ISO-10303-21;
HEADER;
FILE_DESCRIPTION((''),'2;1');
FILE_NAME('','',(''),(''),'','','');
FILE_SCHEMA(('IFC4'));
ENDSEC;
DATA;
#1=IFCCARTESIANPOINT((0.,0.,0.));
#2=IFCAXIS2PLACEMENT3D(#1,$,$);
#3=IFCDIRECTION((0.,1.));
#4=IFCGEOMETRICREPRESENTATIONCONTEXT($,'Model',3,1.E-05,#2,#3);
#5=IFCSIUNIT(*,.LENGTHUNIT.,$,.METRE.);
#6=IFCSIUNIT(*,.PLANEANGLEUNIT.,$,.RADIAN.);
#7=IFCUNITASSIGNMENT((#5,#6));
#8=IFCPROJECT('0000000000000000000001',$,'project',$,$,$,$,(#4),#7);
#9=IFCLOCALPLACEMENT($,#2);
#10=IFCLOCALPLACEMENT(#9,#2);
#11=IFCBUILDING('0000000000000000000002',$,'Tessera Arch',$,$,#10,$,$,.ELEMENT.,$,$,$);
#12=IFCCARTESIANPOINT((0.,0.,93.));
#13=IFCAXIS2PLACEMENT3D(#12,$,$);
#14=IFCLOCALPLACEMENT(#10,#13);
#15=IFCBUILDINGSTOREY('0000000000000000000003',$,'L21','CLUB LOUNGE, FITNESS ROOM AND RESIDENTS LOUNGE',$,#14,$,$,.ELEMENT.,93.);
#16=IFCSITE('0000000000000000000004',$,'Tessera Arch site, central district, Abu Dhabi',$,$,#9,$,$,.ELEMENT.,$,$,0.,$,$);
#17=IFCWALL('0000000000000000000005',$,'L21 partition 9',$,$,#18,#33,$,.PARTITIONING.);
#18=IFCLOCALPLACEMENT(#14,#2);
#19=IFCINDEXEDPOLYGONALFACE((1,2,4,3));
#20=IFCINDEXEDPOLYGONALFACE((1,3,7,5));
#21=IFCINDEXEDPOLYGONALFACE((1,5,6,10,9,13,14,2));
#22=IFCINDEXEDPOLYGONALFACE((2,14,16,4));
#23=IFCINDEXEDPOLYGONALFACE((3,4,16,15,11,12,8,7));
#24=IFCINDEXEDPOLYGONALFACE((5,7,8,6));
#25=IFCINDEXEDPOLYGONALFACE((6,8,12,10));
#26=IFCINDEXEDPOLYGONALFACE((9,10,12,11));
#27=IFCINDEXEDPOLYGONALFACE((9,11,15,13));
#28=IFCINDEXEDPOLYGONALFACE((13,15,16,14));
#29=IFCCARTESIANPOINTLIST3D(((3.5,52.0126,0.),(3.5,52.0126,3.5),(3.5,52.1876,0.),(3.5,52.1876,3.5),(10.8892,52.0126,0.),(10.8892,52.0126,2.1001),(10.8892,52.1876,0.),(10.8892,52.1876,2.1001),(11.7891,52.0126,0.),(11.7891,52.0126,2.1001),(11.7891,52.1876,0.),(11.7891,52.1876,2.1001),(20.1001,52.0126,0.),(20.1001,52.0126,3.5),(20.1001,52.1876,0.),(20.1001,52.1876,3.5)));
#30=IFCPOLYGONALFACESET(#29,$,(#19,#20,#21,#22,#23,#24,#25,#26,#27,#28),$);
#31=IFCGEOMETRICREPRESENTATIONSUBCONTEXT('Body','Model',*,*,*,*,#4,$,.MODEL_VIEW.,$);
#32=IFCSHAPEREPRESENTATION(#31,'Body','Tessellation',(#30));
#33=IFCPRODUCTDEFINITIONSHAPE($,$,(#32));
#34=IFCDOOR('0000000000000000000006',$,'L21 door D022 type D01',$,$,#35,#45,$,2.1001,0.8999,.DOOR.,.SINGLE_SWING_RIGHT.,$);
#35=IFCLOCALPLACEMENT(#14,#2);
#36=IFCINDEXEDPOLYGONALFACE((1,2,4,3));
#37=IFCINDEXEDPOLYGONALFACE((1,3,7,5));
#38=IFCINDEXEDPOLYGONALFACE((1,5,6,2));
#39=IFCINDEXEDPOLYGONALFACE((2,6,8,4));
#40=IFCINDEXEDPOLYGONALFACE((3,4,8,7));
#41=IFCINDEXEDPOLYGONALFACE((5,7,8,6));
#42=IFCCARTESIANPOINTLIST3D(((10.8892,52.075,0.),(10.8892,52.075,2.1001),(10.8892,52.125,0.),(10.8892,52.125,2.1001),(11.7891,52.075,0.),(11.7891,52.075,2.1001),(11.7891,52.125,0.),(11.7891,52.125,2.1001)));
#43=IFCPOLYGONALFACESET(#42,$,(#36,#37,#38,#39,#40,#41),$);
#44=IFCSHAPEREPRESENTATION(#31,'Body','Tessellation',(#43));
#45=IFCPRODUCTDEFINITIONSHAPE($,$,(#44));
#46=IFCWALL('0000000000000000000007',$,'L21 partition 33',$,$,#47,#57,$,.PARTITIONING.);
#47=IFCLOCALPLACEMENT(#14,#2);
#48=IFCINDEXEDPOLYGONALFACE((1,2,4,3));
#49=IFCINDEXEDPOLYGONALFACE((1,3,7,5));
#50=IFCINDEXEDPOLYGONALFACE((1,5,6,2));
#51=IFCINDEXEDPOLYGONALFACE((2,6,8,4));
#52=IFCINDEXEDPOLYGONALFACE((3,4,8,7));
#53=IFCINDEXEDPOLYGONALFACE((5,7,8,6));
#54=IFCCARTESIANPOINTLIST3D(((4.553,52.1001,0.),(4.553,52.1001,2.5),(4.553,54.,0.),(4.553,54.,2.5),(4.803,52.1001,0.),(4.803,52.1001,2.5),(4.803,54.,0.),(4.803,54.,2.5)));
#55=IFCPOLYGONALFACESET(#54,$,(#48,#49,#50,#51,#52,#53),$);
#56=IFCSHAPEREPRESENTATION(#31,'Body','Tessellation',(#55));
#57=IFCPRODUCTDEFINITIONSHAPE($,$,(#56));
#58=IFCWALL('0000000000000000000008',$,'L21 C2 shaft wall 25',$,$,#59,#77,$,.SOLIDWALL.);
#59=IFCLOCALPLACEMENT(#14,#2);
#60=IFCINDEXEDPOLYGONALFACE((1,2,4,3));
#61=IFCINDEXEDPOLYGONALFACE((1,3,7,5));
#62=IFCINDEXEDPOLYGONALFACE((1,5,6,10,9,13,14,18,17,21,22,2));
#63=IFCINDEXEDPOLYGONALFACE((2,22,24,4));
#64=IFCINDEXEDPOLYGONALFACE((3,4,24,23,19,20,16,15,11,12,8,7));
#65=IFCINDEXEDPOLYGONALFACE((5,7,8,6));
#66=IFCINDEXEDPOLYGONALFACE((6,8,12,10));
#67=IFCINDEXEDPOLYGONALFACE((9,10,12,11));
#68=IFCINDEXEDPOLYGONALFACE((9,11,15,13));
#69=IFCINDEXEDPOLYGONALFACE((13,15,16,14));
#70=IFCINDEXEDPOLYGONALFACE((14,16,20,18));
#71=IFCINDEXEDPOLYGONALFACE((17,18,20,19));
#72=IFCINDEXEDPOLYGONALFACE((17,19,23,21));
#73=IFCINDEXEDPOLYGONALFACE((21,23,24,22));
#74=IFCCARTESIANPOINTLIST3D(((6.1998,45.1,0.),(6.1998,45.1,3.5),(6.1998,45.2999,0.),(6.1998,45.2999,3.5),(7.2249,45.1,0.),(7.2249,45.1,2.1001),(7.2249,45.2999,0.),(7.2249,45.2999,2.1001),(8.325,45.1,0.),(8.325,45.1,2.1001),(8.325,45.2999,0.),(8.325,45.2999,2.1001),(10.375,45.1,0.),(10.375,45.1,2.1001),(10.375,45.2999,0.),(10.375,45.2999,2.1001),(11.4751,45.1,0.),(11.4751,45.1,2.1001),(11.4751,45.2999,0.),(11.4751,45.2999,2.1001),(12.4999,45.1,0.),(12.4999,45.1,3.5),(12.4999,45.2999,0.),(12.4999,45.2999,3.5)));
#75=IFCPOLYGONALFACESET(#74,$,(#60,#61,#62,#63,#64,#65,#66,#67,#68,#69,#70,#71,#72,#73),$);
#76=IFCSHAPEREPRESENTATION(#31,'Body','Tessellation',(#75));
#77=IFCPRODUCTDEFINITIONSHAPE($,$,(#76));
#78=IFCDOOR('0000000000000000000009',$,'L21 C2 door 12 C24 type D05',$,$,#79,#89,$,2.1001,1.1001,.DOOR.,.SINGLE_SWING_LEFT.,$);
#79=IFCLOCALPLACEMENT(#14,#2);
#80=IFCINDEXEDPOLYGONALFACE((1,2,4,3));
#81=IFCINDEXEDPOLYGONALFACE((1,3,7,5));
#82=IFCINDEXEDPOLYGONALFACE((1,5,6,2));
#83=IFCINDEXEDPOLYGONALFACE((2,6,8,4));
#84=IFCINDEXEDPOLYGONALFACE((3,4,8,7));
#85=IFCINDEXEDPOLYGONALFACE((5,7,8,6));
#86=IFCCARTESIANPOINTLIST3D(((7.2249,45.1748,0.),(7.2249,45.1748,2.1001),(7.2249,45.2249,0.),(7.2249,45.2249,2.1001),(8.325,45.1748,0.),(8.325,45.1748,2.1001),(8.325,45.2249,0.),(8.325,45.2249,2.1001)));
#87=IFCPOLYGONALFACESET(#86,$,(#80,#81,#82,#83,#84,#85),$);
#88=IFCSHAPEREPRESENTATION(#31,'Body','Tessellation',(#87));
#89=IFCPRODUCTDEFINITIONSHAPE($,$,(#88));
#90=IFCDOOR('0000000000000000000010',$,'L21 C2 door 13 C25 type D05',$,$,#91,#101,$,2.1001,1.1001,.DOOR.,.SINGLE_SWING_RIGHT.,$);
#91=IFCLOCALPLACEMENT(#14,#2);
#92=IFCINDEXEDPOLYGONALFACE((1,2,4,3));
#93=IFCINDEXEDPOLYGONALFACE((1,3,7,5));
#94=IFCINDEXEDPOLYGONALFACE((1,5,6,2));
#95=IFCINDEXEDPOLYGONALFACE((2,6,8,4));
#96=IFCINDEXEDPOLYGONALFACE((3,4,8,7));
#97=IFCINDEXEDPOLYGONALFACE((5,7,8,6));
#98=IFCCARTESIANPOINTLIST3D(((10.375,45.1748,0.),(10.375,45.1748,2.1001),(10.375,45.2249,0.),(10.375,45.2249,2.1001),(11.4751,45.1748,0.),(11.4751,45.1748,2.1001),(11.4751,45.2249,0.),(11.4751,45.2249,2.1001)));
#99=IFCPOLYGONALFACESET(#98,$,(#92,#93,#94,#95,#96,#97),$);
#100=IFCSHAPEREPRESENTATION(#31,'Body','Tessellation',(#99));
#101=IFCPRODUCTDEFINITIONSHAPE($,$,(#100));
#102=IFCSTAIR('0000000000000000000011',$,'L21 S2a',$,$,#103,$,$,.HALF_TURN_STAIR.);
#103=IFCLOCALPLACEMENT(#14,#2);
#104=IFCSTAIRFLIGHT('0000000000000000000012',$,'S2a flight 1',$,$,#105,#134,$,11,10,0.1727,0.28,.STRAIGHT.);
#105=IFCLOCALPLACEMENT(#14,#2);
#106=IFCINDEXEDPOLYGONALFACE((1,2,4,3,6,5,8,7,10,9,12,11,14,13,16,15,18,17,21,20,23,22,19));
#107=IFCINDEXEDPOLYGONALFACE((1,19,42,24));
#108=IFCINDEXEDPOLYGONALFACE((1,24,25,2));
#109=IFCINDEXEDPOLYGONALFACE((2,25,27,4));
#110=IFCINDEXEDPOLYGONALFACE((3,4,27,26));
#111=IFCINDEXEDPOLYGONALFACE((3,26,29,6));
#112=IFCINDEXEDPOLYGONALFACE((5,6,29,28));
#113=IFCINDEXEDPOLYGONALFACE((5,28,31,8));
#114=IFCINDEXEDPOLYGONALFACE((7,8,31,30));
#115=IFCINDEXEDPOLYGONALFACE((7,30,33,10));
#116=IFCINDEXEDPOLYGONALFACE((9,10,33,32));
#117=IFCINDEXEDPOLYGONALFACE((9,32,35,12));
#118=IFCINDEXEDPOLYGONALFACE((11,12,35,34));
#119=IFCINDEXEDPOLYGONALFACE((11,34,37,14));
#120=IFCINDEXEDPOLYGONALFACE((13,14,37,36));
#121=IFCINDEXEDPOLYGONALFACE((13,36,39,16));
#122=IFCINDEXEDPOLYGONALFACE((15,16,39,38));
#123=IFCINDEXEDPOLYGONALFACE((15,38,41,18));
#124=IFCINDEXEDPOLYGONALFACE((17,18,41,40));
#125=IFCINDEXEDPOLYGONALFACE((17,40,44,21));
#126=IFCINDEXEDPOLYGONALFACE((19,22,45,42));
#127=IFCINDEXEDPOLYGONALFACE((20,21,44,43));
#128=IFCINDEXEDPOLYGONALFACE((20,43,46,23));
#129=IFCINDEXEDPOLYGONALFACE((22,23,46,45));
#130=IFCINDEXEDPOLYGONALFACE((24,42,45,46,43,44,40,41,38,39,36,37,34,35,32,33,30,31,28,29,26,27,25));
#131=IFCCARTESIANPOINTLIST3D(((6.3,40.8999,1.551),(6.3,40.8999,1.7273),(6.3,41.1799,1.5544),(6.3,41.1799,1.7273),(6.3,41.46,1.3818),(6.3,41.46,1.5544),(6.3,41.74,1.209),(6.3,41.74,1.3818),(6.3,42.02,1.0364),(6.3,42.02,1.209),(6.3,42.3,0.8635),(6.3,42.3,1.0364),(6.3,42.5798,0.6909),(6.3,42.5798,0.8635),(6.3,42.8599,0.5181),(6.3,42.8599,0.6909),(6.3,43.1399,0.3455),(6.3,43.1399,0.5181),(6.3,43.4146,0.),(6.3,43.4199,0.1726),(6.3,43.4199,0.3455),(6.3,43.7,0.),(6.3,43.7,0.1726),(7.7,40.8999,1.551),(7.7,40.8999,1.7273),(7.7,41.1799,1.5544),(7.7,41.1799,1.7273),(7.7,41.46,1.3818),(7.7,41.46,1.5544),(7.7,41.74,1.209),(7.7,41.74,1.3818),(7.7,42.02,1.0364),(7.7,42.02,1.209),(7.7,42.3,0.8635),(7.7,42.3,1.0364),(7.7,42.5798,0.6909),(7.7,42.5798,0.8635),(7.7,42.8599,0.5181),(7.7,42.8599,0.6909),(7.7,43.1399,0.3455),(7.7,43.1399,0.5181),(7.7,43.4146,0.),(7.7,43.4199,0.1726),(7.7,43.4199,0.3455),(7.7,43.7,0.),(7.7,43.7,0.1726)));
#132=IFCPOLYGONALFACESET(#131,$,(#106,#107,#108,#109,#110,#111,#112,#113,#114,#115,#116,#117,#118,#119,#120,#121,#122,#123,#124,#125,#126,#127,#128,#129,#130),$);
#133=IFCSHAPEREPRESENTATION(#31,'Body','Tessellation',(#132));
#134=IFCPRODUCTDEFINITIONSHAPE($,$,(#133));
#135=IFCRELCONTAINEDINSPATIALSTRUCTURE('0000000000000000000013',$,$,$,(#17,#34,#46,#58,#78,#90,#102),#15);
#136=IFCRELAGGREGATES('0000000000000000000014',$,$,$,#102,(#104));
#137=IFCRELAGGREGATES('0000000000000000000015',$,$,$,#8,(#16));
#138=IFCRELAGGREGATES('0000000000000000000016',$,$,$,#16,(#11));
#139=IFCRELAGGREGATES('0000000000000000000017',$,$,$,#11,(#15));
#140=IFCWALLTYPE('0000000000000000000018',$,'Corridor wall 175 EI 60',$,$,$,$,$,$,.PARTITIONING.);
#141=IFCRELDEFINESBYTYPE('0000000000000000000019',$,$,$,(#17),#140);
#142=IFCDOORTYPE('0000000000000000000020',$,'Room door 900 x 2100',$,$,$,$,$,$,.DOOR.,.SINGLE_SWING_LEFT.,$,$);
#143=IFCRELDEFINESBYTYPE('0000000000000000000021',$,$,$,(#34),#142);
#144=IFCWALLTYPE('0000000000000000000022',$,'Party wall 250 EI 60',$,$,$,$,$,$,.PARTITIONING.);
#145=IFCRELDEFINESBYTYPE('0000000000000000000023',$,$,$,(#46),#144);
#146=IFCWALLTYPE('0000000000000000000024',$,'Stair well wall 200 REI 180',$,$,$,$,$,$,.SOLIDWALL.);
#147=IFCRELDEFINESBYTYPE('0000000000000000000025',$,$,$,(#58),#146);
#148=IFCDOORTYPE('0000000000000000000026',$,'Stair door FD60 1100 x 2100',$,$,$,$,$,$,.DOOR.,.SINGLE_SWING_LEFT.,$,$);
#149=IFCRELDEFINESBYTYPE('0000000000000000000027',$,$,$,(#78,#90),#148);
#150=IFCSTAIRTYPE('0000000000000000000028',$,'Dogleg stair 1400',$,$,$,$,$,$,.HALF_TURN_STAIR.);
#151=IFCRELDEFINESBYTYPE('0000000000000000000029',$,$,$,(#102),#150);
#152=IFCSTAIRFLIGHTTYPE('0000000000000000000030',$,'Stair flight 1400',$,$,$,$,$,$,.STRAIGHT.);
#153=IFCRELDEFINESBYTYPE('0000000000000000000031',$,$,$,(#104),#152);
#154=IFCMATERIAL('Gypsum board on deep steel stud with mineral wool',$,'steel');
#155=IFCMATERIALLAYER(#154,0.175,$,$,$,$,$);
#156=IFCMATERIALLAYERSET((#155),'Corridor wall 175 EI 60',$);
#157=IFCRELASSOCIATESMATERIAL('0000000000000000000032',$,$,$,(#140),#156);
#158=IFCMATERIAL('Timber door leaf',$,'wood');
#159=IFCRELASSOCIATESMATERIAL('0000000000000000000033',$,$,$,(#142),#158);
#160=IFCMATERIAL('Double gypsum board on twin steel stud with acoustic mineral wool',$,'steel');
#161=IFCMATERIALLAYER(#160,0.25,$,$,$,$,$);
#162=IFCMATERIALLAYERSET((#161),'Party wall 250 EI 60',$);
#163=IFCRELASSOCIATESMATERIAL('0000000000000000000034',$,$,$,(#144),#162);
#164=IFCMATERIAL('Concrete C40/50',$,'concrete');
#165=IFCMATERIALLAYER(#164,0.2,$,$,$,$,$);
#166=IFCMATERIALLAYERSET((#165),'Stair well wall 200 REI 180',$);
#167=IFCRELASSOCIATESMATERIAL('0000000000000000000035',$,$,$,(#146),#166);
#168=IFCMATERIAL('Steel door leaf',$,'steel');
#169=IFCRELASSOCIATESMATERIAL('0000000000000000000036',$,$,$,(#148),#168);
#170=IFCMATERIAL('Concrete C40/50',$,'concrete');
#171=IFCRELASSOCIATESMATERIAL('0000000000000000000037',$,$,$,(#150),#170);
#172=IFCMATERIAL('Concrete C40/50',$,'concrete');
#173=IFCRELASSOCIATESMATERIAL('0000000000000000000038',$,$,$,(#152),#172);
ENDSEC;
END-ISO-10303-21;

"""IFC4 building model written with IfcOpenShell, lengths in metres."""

from ifc_helpers import new_model, si_unit, direction, frame, frame_2d, origin, place, context, subcontext, project, spatial, polyline, rectangle, outline, extrude, material, layer, layer_set, type_object, element, fill, aggregate, save


model = new_model("IFC4")

# Units and contexts
model_context = context("Model", 3, precision=1e-05, world=origin(), true_north=direction((0.0, 1.0)))
body_context = subcontext(model_context, "Body", "Model", "MODEL_VIEW")
ifc_project = project(units=[si_unit("LENGTHUNIT", "METRE"), si_unit("PLANEANGLEUNIT", "RADIAN")], contexts=[model_context])

# Site, building, storey
site_placement = place(None, origin())
site = spatial("IfcSite", under=ifc_project, at=site_placement, Name="Tessera Arch site, central district, Abu Dhabi", CompositionType="ELEMENT", RefElevation=0.0)
building_placement = place(site_placement, origin())
building = spatial("IfcBuilding", under=site, at=building_placement, Name="Tessera Arch", CompositionType="ELEMENT")
storey_placement = place(building_placement, frame((0.0, 0.0, 93.0)))
storey = spatial("IfcBuildingStorey", under=building, at=storey_placement, Name="L21", Description="CLUB LOUNGE, FITNESS ROOM AND RESIDENTS LOUNGE", CompositionType="ELEMENT", Elevation=93.0)

# Wall, opening, door
ifc_material_1 = material(Name="Gypsum board on deep steel stud with mineral wool", Category="steel")
ifc_layer_1 = layer(ifc_material_1, 0.175)
ifc_layer_set_1 = layer_set([ifc_layer_1], Name="Corridor wall 175 EI 60")
wall_type_1 = type_object("IfcWallType", Name="Corridor wall 175 EI 60", PredefinedType="PARTITIONING", material=ifc_layer_set_1)
wall_1_placement = place(storey_placement, frame((3.5, 52.1001, 0.0), z_axis=(0.0, 0.0, 1.0), x_axis=(1.0, 0.0, 0.0)))
wall_1 = element("IfcWall", 1, at=wall_1_placement, inside=storey, type_object=wall_type_1, Name="L21 partition 9", PredefinedType="PARTITIONING", context=body_context, shape_type="SweptSolid", body=[
    extrude(rectangle(XDim=16.6001, YDim=0.175, at=frame_2d((8.3, 0.0))), origin(), (0.0, 0.0, 1.0), 3.5),
])
opening_1_placement = place(wall_1_placement, frame((7.3892, 0.0, 0.0)))
opening_1 = element("IfcOpeningElement", 2, at=opening_1_placement, cuts=wall_1, PredefinedType="OPENING", context=body_context, shape_type="SweptSolid", body=[
    extrude(rectangle(XDim=0.8999, YDim=2.1001, at=frame_2d((0.45, 1.05))), frame((0.0, 0.0974, 0.0), z_axis=(0.0, -1.0, 0.0), x_axis=(1.0, 0.0, 0.0)), (0.0, 0.0, 1.0), 0.1951),
])
ifc_material_2 = material(Name="Timber door leaf", Category="wood")
door_type_1 = type_object("IfcDoorType", Name="Room door 900 x 2100", OperationType="SINGLE_SWING_LEFT", PredefinedType="DOOR", material=ifc_material_2)
door_1_placement = place(opening_1_placement, origin())
door_1 = element("IfcDoor", 3, at=door_1_placement, inside=storey, type_object=door_type_1, Name="L21 door D022 type D01", OperationType="SINGLE_SWING_RIGHT", OverallHeight=2.1001, OverallWidth=0.8999, PredefinedType="DOOR", context=body_context, shape_type="SweptSolid", body=[
    extrude(rectangle(XDim=0.8999, YDim=2.1001, at=frame_2d((0.45, 1.05))), frame((0.0, 0.0249, 0.0), z_axis=(0.0, -1.0, 0.0), x_axis=(1.0, 0.0, 0.0)), (0.0, 0.0, 1.0), 0.05),
])
fill(opening_1, door_1)

# Wall
ifc_material_3 = material(Name="Double gypsum board on twin steel stud with acoustic mineral wool", Category="steel")
ifc_layer_2 = layer(ifc_material_3, 0.25)
ifc_layer_set_2 = layer_set([ifc_layer_2], Name="Party wall 250 EI 60")
wall_type_2 = type_object("IfcWallType", Name="Party wall 250 EI 60", PredefinedType="PARTITIONING", material=ifc_layer_set_2)
wall_2_placement = place(storey_placement, frame((4.678, 52.1001, 0.0), z_axis=(0.0, 0.0, 1.0), x_axis=(0.0, 1.0, 0.0)))
element("IfcWall", 4, at=wall_2_placement, inside=storey, type_object=wall_type_2, Name="L21 partition 33", PredefinedType="PARTITIONING", context=body_context, shape_type="SweptSolid", body=[
    extrude(rectangle(XDim=1.8999, YDim=0.25, at=frame_2d((0.95, 0.0))), origin(), (0.0, 0.0, 1.0), 2.5),
])

# Wall, openings, doors
ifc_material_4 = material(Name="Concrete C40/50", Category="concrete")
ifc_layer_3 = layer(ifc_material_4, 0.2)
ifc_layer_set_3 = layer_set([ifc_layer_3], Name="Stair well wall 200 REI 180")
wall_type_3 = type_object("IfcWallType", Name="Stair well wall 200 REI 180", PredefinedType="SOLIDWALL", material=ifc_layer_set_3)
wall_3_placement = place(storey_placement, frame((6.2, 45.2, 0.0), z_axis=(0.0, 0.0, 1.0), x_axis=(1.0, 0.0, 0.0)))
wall_3 = element("IfcWall", 5, at=wall_3_placement, inside=storey, type_object=wall_type_3, Name="L21 C2 shaft wall 25", PredefinedType="SOLIDWALL", context=body_context, shape_type="SweptSolid", body=[
    extrude(rectangle(XDim=6.3, YDim=0.2, at=frame_2d((3.1499, 0.0))), origin(), (0.0, 0.0, 1.0), 3.5),
])
opening_2_placement = place(wall_3_placement, frame((1.0249, 0.0, 0.0)))
opening_2 = element("IfcOpeningElement", 6, at=opening_2_placement, cuts=wall_3, PredefinedType="OPENING", context=body_context, shape_type="SweptSolid", body=[
    extrude(rectangle(XDim=1.1001, YDim=2.1001, at=frame_2d((0.55, 1.05))), frame((0.0, 0.1099, 0.0), z_axis=(0.0, -1.0, 0.0), x_axis=(1.0, 0.0, 0.0)), (0.0, 0.0, 1.0), 0.22),
])
opening_3_placement = place(wall_3_placement, frame((4.175, 0.0, 0.0)))
opening_3 = element("IfcOpeningElement", 7, at=opening_3_placement, cuts=wall_3, PredefinedType="OPENING", context=body_context, shape_type="SweptSolid", body=[
    extrude(rectangle(XDim=1.1001, YDim=2.1001, at=frame_2d((0.55, 1.05))), frame((0.0, 0.1099, 0.0), z_axis=(0.0, -1.0, 0.0), x_axis=(1.0, 0.0, 0.0)), (0.0, 0.0, 1.0), 0.22),
])
ifc_material_5 = material(Name="Steel door leaf", Category="steel")
door_type_2 = type_object("IfcDoorType", Name="Stair door FD60 1100 x 2100", OperationType="SINGLE_SWING_LEFT", PredefinedType="DOOR", material=ifc_material_5)
door_2_placement = place(opening_2_placement, origin())
door_2 = element("IfcDoor", 8, at=door_2_placement, inside=storey, type_object=door_type_2, Name="L21 C2 door 12 C24 type D05", OperationType="SINGLE_SWING_LEFT", OverallHeight=2.1001, OverallWidth=1.1001, PredefinedType="DOOR", context=body_context, shape_type="SweptSolid", body=[
    extrude(rectangle(XDim=1.1001, YDim=2.1001, at=frame_2d((0.55, 1.05))), frame((0.0, 0.0249, 0.0), z_axis=(0.0, -1.0, 0.0), x_axis=(1.0, 0.0, 0.0)), (0.0, 0.0, 1.0), 0.05),
])
fill(opening_2, door_2)
door_3_placement = place(opening_3_placement, origin())
door_3 = element("IfcDoor", 9, at=door_3_placement, inside=storey, type_object=door_type_2, Name="L21 C2 door 13 C25 type D05", OperationType="SINGLE_SWING_RIGHT", OverallHeight=2.1001, OverallWidth=1.1001, PredefinedType="DOOR", context=body_context, shape_type="SweptSolid", body=[
    extrude(rectangle(XDim=1.1001, YDim=2.1001, at=frame_2d((0.55, 1.05))), frame((0.0, 0.0249, 0.0), z_axis=(0.0, -1.0, 0.0), x_axis=(1.0, 0.0, 0.0)), (0.0, 0.0, 1.0), 0.05),
])
fill(opening_3, door_3)

# Stair, stair flight
ifc_material_6 = material(Name="Concrete C40/50", Category="concrete")
stair_type = type_object("IfcStairType", Name="Dogleg stair 1400", PredefinedType="HALF_TURN_STAIR", material=ifc_material_6)
stair_placement = place(storey_placement, origin())
stair = element("IfcStair", 10, at=stair_placement, inside=storey, type_object=stair_type, Name="L21 S2a", PredefinedType="HALF_TURN_STAIR")
ifc_material_7 = material(Name="Concrete C40/50", Category="concrete")
stair_flight_type = type_object("IfcStairFlightType", Name="Stair flight 1400", PredefinedType="STRAIGHT", material=ifc_material_7)
stair_flight_placement = place(storey_placement, frame((7.0, 43.7, 0.0), z_axis=(0.0, 0.0, 1.0), x_axis=(0.0, -1.0, 0.0)))
stair_flight = element("IfcStairFlight", 11, at=stair_flight_placement, type_object=stair_flight_type, Name="S2a flight 1", NumberOfRisers=11, NumberOfTreads=10, PredefinedType="STRAIGHT", RiserHeight=0.1727, TreadLength=0.28, context=body_context, shape_type="SweptSolid", body=[
    extrude(outline(polyline([(0.0, 0.0), (0.0, 0.1726), (0.28, 0.1726), (0.28, 0.3455), (0.5601, 0.3455), (0.5601, 0.5181), (0.8401, 0.5181), (0.8401, 0.6909), (1.1201, 0.6909), (1.1201, 0.8635), (1.3999, 0.8635), (1.3999, 1.0364), (1.6799, 1.0364), (1.6799, 1.209), (1.96, 1.209), (1.96, 1.3818), (2.24, 1.3818), (2.24, 1.5544), (2.52, 1.5544), (2.52, 1.7273), (2.8, 1.7273), (2.8, 1.8999), (2.8, 1.551), (0.2854, 0.0), (0.0, 0.0)])), frame((0.0, 0.7, 0.0), z_axis=(0.0, -1.0, 0.0), x_axis=(1.0, 0.0, 0.0)), (0.0, 0.0, 1.0), 1.3999),
])
aggregate(stair, [stair_flight])

save(model, "model.ifc")
